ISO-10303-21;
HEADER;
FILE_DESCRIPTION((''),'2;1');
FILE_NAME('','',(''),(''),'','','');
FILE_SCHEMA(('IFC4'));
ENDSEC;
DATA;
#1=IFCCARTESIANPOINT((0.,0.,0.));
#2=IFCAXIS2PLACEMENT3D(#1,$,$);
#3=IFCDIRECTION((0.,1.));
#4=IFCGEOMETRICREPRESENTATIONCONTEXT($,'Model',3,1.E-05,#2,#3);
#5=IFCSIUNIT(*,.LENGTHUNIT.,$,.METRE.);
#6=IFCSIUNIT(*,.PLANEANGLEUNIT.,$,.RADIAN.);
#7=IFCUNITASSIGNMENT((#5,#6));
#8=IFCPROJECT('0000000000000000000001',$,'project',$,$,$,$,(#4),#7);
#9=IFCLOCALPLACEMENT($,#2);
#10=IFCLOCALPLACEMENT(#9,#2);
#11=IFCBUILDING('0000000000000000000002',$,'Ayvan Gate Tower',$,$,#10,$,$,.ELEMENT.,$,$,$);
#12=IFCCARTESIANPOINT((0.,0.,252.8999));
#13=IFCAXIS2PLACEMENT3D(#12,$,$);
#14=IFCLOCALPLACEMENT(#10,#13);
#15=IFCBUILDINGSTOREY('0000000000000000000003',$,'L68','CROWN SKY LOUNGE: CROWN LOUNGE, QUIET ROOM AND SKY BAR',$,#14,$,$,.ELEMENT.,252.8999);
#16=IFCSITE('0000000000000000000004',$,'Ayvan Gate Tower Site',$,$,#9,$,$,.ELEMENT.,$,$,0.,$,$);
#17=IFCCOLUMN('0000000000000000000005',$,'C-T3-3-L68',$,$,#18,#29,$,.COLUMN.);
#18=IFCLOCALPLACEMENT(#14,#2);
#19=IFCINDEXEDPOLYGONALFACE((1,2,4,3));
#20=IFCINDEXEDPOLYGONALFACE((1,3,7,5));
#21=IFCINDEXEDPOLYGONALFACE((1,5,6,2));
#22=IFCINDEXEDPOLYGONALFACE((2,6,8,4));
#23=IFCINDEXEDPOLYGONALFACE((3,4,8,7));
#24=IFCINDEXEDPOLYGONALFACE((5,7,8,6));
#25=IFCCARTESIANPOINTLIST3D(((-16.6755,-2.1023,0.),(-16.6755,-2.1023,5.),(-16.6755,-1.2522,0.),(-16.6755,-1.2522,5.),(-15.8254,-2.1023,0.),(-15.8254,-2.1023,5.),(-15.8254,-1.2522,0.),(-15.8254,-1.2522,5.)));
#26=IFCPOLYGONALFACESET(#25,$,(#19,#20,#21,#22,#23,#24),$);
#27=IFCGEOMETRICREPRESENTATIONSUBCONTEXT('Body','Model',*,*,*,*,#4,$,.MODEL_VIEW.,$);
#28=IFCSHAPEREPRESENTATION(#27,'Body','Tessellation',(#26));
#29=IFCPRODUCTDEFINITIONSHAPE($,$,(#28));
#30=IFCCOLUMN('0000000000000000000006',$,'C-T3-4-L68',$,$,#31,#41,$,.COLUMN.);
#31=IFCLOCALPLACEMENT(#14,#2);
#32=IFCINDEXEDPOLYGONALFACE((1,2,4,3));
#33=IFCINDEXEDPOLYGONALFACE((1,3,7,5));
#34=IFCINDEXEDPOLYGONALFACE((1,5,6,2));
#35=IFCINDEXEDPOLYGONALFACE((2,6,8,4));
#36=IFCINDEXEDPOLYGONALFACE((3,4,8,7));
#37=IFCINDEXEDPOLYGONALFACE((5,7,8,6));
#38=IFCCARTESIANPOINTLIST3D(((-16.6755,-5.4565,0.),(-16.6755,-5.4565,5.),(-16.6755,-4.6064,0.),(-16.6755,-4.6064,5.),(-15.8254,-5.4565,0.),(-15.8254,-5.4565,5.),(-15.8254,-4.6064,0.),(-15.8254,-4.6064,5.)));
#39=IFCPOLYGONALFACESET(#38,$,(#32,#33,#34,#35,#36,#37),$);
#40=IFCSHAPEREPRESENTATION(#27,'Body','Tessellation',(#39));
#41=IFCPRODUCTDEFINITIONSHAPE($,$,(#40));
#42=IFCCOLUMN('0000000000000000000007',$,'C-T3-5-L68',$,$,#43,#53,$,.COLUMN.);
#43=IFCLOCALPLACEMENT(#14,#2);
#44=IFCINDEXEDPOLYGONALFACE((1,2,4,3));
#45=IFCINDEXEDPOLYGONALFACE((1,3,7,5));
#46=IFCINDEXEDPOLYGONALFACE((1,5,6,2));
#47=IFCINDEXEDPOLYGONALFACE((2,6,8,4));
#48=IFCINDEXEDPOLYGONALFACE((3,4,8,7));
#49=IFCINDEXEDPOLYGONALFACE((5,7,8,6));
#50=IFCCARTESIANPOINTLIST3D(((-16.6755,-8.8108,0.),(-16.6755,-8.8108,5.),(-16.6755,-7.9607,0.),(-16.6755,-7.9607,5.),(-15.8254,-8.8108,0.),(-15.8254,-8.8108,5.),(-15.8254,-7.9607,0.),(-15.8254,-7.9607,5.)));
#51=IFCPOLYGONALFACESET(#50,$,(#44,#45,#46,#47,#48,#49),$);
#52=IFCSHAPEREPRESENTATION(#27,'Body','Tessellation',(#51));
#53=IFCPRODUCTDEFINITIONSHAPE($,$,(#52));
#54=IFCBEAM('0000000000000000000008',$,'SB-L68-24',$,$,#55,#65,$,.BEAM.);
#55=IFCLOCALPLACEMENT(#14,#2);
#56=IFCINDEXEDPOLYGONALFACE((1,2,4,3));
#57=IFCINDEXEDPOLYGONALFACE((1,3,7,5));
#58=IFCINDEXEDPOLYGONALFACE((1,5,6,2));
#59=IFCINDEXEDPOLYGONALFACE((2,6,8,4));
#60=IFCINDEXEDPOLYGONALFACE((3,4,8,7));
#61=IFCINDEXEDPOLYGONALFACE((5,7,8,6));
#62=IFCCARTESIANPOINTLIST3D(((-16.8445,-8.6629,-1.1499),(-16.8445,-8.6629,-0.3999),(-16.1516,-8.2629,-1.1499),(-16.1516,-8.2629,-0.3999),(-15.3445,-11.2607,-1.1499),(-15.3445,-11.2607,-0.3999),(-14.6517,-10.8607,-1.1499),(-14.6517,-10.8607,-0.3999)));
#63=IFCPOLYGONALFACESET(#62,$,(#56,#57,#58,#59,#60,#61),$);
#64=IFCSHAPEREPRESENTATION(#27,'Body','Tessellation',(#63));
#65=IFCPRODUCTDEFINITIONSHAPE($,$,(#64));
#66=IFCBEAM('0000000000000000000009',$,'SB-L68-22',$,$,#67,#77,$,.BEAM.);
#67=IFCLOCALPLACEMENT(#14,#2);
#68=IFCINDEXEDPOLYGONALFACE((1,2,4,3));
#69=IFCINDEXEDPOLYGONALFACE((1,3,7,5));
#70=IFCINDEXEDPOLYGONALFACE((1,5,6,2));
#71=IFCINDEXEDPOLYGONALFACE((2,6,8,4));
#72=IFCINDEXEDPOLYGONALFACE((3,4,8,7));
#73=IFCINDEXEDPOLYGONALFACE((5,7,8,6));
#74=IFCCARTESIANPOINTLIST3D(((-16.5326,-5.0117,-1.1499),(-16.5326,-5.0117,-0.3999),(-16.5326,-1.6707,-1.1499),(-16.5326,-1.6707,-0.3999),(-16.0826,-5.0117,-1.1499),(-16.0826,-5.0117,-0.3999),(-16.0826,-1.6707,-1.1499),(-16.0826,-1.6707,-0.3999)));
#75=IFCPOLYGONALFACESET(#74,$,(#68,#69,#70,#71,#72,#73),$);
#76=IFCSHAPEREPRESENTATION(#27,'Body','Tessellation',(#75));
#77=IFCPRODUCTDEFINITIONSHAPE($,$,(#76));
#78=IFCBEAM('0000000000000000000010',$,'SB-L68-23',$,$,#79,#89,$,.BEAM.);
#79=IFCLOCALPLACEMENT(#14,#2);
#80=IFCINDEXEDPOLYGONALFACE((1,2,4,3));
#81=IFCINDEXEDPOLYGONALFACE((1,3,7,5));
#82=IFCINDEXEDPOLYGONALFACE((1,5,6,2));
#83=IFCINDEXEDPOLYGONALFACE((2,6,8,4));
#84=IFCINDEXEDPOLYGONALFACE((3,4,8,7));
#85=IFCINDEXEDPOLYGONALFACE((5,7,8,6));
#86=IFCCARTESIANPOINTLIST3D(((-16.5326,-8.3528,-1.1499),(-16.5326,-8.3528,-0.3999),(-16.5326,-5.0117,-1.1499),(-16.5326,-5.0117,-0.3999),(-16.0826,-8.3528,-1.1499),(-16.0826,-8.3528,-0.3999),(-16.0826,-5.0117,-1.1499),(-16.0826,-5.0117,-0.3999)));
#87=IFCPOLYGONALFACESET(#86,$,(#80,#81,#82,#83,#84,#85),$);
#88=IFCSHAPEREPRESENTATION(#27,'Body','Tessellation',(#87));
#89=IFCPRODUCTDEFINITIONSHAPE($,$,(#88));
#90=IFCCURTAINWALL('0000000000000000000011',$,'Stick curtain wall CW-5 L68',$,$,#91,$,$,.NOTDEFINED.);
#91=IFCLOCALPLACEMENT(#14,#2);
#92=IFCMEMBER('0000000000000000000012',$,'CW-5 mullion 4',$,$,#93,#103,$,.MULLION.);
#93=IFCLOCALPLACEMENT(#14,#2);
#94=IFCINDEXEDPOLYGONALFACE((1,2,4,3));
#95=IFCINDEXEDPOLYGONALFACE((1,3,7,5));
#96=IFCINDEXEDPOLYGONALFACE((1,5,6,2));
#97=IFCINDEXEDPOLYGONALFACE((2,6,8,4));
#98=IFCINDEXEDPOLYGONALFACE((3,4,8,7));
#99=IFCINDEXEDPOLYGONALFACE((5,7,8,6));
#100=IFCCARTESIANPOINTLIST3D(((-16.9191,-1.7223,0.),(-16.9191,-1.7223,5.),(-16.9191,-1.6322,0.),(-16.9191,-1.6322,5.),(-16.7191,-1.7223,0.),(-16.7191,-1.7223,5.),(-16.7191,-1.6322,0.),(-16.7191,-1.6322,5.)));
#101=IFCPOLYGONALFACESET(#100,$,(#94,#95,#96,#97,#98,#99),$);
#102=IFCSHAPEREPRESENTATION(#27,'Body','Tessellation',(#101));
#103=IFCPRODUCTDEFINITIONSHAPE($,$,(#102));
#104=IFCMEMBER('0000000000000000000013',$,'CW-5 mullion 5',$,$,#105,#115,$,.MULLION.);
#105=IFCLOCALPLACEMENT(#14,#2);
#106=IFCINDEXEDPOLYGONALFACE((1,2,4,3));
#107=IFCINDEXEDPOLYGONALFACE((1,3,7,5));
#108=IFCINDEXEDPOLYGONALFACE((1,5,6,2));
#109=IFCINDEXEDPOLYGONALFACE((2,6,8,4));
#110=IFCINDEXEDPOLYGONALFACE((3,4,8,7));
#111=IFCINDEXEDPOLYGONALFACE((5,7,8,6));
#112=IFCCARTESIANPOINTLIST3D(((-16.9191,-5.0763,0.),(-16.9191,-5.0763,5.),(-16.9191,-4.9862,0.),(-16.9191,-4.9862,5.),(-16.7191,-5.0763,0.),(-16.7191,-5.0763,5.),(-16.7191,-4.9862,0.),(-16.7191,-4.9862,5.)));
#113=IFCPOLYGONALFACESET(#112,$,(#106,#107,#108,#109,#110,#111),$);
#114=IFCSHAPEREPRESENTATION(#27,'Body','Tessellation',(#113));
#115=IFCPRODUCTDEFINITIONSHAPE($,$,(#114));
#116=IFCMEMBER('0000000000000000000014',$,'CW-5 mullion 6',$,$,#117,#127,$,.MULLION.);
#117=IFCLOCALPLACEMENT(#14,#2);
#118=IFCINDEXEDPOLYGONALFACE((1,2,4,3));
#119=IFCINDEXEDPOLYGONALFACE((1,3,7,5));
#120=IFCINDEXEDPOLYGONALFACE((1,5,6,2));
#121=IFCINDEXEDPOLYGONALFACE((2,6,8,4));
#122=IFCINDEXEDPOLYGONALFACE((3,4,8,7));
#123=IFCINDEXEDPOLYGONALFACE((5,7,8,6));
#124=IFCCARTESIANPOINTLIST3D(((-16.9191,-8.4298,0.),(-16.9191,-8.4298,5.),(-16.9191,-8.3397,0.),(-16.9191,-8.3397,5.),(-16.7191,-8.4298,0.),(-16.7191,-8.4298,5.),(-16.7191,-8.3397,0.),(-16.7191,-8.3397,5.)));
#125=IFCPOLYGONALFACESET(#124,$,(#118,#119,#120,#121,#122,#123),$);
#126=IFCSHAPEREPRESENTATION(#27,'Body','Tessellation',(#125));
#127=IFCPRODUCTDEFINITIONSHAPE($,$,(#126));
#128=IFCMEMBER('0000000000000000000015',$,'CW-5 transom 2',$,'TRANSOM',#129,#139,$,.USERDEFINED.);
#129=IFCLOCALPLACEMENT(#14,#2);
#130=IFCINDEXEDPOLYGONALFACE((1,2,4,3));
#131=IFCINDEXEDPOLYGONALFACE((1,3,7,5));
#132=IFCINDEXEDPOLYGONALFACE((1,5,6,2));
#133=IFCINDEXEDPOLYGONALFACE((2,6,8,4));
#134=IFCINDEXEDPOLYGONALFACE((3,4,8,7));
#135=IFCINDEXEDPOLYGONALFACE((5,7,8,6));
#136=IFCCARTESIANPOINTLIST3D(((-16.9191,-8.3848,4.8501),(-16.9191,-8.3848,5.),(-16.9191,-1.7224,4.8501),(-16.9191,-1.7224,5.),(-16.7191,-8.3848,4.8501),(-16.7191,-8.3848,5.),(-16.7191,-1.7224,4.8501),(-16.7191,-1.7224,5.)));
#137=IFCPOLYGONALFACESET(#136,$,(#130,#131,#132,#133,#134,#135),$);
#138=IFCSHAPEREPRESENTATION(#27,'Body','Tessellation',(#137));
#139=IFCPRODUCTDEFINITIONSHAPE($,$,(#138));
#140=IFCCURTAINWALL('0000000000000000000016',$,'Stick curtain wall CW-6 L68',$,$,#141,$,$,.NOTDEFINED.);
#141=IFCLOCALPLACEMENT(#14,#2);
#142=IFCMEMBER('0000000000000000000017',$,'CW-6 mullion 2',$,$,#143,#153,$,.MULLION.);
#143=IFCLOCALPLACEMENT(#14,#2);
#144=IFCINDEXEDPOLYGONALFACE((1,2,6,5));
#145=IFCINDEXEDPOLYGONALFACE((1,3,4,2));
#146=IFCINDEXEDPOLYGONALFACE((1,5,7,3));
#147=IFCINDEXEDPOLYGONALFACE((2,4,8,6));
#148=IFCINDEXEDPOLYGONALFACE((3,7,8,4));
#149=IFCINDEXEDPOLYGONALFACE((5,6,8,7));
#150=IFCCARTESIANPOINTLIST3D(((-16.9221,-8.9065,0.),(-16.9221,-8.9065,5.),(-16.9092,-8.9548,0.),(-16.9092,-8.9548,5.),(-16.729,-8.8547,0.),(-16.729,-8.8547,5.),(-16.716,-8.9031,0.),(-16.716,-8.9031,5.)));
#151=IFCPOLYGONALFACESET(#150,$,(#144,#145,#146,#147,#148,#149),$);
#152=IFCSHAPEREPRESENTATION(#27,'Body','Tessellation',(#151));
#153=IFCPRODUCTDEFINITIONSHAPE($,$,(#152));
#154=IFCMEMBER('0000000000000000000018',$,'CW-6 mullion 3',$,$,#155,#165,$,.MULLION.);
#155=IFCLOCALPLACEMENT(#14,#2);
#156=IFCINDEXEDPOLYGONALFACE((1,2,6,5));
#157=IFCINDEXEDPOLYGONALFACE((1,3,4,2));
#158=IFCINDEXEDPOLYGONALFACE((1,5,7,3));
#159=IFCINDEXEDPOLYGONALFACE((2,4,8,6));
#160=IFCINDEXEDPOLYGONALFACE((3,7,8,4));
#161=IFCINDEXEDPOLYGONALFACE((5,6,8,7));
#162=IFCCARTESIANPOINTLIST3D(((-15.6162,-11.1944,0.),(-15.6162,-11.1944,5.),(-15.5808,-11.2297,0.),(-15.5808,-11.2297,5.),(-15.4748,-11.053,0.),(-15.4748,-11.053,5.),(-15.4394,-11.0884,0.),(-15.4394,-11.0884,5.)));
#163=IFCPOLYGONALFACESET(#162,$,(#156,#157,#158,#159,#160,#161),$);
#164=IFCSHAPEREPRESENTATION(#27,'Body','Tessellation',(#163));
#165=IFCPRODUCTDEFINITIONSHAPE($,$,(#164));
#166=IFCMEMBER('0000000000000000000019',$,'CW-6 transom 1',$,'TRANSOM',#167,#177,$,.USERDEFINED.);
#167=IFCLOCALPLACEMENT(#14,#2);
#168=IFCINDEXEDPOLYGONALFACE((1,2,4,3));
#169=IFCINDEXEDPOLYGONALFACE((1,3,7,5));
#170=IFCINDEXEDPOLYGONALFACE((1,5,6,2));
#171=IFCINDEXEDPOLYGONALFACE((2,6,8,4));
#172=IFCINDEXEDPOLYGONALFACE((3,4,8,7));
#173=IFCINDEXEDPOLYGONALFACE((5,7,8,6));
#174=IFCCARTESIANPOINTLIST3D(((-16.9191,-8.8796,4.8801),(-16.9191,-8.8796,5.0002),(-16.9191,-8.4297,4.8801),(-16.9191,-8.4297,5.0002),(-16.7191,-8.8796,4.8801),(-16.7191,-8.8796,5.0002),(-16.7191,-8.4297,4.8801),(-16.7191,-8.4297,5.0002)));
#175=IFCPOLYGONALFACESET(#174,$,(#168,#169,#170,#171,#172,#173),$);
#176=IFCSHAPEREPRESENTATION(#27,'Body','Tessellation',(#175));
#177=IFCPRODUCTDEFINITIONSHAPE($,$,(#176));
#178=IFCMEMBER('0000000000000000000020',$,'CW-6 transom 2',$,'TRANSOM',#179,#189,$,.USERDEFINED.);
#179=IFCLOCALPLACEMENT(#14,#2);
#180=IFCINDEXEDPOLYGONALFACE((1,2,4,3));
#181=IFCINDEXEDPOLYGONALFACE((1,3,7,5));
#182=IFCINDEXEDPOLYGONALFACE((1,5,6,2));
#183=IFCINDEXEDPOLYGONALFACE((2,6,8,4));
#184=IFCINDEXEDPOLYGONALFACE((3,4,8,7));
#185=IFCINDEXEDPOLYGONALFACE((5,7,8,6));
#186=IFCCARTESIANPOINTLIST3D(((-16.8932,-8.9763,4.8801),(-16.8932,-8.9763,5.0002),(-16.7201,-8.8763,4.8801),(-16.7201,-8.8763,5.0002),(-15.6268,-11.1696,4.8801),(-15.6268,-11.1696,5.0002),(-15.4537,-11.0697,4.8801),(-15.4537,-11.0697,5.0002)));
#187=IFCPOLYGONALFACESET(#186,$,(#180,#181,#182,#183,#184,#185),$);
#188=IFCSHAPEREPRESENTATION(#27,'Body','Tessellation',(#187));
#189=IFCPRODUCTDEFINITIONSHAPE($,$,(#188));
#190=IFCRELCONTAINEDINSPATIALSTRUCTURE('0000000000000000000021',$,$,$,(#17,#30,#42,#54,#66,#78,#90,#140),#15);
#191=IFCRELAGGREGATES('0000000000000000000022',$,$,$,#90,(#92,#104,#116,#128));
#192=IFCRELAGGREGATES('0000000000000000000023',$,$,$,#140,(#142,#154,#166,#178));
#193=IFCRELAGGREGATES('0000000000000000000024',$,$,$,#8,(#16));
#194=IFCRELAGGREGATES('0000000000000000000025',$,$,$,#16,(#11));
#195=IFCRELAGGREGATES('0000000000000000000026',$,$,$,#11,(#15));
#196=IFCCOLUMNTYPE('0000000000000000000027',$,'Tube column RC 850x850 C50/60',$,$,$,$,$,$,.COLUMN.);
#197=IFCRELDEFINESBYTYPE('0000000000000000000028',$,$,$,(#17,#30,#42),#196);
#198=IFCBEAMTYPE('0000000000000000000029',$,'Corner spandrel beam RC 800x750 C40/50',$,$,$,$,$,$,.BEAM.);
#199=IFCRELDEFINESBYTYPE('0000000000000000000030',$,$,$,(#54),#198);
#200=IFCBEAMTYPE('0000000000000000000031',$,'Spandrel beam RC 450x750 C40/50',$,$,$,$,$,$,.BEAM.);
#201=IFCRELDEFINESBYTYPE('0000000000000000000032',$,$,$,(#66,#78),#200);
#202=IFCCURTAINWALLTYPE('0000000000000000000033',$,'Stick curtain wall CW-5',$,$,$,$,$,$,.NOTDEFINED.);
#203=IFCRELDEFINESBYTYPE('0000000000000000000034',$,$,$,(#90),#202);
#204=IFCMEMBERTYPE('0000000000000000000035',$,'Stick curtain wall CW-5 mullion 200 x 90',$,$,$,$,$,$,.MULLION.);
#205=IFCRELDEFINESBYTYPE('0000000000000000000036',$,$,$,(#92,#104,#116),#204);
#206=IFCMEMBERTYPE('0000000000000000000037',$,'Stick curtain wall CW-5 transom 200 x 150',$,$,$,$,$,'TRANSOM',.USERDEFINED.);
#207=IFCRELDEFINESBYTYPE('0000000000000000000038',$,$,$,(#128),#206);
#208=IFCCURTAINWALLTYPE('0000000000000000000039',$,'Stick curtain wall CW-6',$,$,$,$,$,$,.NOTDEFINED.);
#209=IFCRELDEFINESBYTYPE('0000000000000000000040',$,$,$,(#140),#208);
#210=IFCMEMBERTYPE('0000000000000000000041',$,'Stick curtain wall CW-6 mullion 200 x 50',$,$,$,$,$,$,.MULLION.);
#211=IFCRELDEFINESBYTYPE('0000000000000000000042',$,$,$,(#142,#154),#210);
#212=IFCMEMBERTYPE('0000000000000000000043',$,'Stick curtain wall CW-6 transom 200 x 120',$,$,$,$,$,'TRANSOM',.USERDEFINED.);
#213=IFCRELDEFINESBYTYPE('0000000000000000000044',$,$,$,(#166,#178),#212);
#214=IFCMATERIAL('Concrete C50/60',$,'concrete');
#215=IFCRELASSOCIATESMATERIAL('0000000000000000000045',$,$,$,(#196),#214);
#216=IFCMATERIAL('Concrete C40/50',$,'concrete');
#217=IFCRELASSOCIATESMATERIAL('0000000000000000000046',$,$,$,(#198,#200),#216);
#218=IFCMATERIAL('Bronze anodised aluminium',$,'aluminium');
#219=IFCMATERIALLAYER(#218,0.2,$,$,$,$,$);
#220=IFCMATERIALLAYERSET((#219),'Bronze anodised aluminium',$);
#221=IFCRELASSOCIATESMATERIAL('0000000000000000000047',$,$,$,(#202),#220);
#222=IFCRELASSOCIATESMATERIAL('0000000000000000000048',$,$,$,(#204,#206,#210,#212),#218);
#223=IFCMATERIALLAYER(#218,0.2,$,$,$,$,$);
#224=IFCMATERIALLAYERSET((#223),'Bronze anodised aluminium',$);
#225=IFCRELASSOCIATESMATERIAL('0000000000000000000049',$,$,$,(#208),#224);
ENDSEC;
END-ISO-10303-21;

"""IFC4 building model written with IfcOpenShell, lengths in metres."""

from ifc_helpers import new_model, si_unit, direction, frame, origin, origin_2d, place, context, subcontext, project, spatial, rectangle, extrude, material, layer, layer_set, material_profile, profile_set, type_object, element, aggregate, save


model = new_model("IFC4")

# Units and contexts
model_context = context("Model", 3, precision=1e-05, world=origin(), true_north=direction((0.0, 1.0)))
body_context = subcontext(model_context, "Body", "Model", "MODEL_VIEW")
ifc_project = project(units=[si_unit("LENGTHUNIT", "METRE"), si_unit("PLANEANGLEUNIT", "RADIAN")], contexts=[model_context])

# Site, building, storey
site_placement = place(None, origin())
site = spatial("IfcSite", under=ifc_project, at=site_placement, Name="Ayvan Gate Tower Site", CompositionType="ELEMENT", RefElevation=0.0)
building_placement = place(site_placement, origin())
building = spatial("IfcBuilding", under=site, at=building_placement, Name="Ayvan Gate Tower", CompositionType="ELEMENT")
storey_placement = place(building_placement, frame((0.0, 0.0, 252.8999)))
storey = spatial("IfcBuildingStorey", under=building, at=storey_placement, Name="L68", Description="CROWN SKY LOUNGE: CROWN LOUNGE, QUIET ROOM AND SKY BAR", CompositionType="ELEMENT", Elevation=252.8999)

# Columns
ifc_material_1 = material(Name="Concrete C50/60", Category="concrete")
ifc_material_profile_1 = material_profile(ifc_material_1, rectangle(XDim=0.8501, YDim=0.8501, at=origin_2d()), Name="RC 850x850")
ifc_profile_set_1 = profile_set([ifc_material_profile_1], Name="Concrete C50/60")
column_type = type_object("IfcColumnType", Name="Tube column RC 850x850 C50/60", PredefinedType="COLUMN", material=ifc_profile_set_1)
for number, where, z_axis, x_axis, name in (
    (1, (-16.2505, -1.6772, 0.0), (0.0, 0.0, 1.0), (-1.0, 0.0, 0.0), "C-T3-3-L68"),
    (2, (-16.2505, -5.0315, 0.0), (0.0, 0.0, 1.0), (-1.0, 0.0, 0.0), "C-T3-4-L68"),
    (3, (-16.2505, -8.3857, 0.0), (0.0, 0.0, 1.0), (-1.0, 0.0, 0.0), "C-T3-5-L68"),
):
    element("IfcColumn", number, at=place(storey_placement, frame(where, z_axis=z_axis, x_axis=x_axis)), inside=storey, type_object=column_type, Name=name, PredefinedType="COLUMN", context=body_context, shape_type="SweptSolid", body=[
        extrude(rectangle(XDim=0.8501, YDim=0.8501, at=origin_2d()), origin(), (0.0, 0.0, 1.0), 5.0),
    ])

# Beams
ifc_material_2 = material(Name="Concrete C40/50", Category="concrete")
ifc_material_profile_2 = material_profile(ifc_material_2, rectangle(XDim=0.8, YDim=0.75, at=origin_2d()), Name="RC 800x750")
ifc_profile_set_2 = profile_set([ifc_material_profile_2], Name="Concrete C40/50")
beam_type_1 = type_object("IfcBeamType", Name="Corner spandrel beam RC 800x750 C40/50", PredefinedType="BEAM", material=ifc_profile_set_2)
beam_placement = place(storey_placement, frame((-16.498, -8.4629, -0.7749), z_axis=(0.500025, -0.866011, 0.0), x_axis=(0.866011, 0.500025, 0.0)))
element("IfcBeam", 4, at=beam_placement, inside=storey, type_object=beam_type_1, Name="SB-L68-24", PredefinedType="BEAM", context=body_context, shape_type="SweptSolid", body=[
    extrude(rectangle(XDim=0.8, YDim=0.75, at=origin_2d()), origin(), (0.0, 0.0, 1.0), 2.9998),
])
ifc_material_profile_3 = material_profile(ifc_material_2, rectangle(XDim=0.45, YDim=0.75, at=origin_2d()), Name="RC 450x750")
ifc_profile_set_3 = profile_set([ifc_material_profile_3], Name="Concrete C40/50")
beam_type_2 = type_object("IfcBeamType", Name="Spandrel beam RC 450x750 C40/50", PredefinedType="BEAM", material=ifc_profile_set_3)
for number, where, z_axis, x_axis, name in (
    (5, (-16.3076, -1.6707, -0.7749), (0.0, -1.0, 0.0), (1.0, 0.0, 0.0), "SB-L68-22"),
    (6, (-16.3076, -5.0117, -0.7749), (0.0, -1.0, 0.0), (1.0, 0.0, 0.0), "SB-L68-23"),
):
    element("IfcBeam", number, at=place(storey_placement, frame(where, z_axis=z_axis, x_axis=x_axis)), inside=storey, type_object=beam_type_2, Name=name, PredefinedType="BEAM", context=body_context, shape_type="SweptSolid", body=[
        extrude(rectangle(XDim=0.45, YDim=0.75, at=origin_2d()), origin(), (0.0, 0.0, 1.0), 3.3411),
    ])

# Curtain walls, members
ifc_material_3 = material(Name="Bronze anodised aluminium", Category="aluminium")
ifc_layer_1 = layer(ifc_material_3, 0.2)
ifc_layer_set_1 = layer_set([ifc_layer_1], Name="Bronze anodised aluminium")
curtain_wall_type_1 = type_object("IfcCurtainWallType", Name="Stick curtain wall CW-5", PredefinedType="NOTDEFINED", material=ifc_layer_set_1)
curtain_wall_1_placement = place(storey_placement, origin())
curtain_wall_1 = element("IfcCurtainWall", 7, at=curtain_wall_1_placement, inside=storey, type_object=curtain_wall_type_1, Name="Stick curtain wall CW-5 L68", PredefinedType="NOTDEFINED")
ifc_material_profile_4 = material_profile(ifc_material_3, rectangle(XDim=0.2, YDim=0.0901, at=origin_2d()), Name="Stick curtain wall CW-5 mullion 200 x 90")
ifc_profile_set_4 = profile_set([ifc_material_profile_4], Name="Bronze anodised aluminium")
member_type_1 = type_object("IfcMemberType", Name="Stick curtain wall CW-5 mullion 200 x 90", PredefinedType="MULLION", material=ifc_profile_set_4)
member_1_placement = place(storey_placement, frame((-16.8191, -1.6772, 0.0), z_axis=(0.0, 0.0, 1.0), x_axis=(-1.0, 0.0, 0.0)))
member_1 = element("IfcMember", 8, at=member_1_placement, type_object=member_type_1, Name="CW-5 mullion 4", PredefinedType="MULLION", context=body_context, shape_type="SweptSolid", body=[
    extrude(rectangle(XDim=0.2, YDim=0.0901, at=origin_2d()), origin(), (0.0, 0.0, 1.0), 5.0),
])
member_2_placement = place(storey_placement, frame((-16.8191, -5.0312, 0.0), z_axis=(0.0, 0.0, 1.0), x_axis=(-1.0, 0.0, 0.0)))
member_2 = element("IfcMember", 9, at=member_2_placement, type_object=member_type_1, Name="CW-5 mullion 5", PredefinedType="MULLION", context=body_context, shape_type="SweptSolid", body=[
    extrude(rectangle(XDim=0.2, YDim=0.0901, at=origin_2d()), origin(), (0.0, 0.0, 1.0), 5.0),
])
member_3_placement = place(storey_placement, frame((-16.8191, -8.3848, 0.0), z_axis=(0.0, 0.0, 1.0), x_axis=(-1.0, 0.0, 0.0)))
member_3 = element("IfcMember", 10, at=member_3_placement, type_object=member_type_1, Name="CW-5 mullion 6", PredefinedType="MULLION", context=body_context, shape_type="SweptSolid", body=[
    extrude(rectangle(XDim=0.2, YDim=0.0901, at=origin_2d()), origin(), (0.0, 0.0, 1.0), 5.0),
])
ifc_material_profile_5 = material_profile(ifc_material_3, rectangle(XDim=0.2, YDim=0.1499, at=origin_2d()), Name="Stick curtain wall CW-5 transom 200 x 150")
ifc_profile_set_5 = profile_set([ifc_material_profile_5], Name="Bronze anodised aluminium")
member_type_2 = type_object("IfcMemberType", Name="Stick curtain wall CW-5 transom 200 x 150", ElementType="TRANSOM", PredefinedType="USERDEFINED", material=ifc_profile_set_5)
member_4_placement = place(storey_placement, frame((-16.8191, -1.7224, 4.925), z_axis=(0.0, -1.0, 0.0), x_axis=(1.0, 0.0, 0.0)))
member_4 = element("IfcMember", 11, at=member_4_placement, type_object=member_type_2, Name="CW-5 transom 2", ObjectType="TRANSOM", PredefinedType="USERDEFINED", context=body_context, shape_type="SweptSolid", body=[
    extrude(rectangle(XDim=0.2, YDim=0.1499, at=origin_2d()), origin(), (0.0, 0.0, 1.0), 6.6624),
])
ifc_layer_2 = layer(ifc_material_3, 0.2)
ifc_layer_set_2 = layer_set([ifc_layer_2], Name="Bronze anodised aluminium")
curtain_wall_type_2 = type_object("IfcCurtainWallType", Name="Stick curtain wall CW-6", PredefinedType="NOTDEFINED", material=ifc_layer_set_2)
curtain_wall_2_placement = place(storey_placement, origin())
curtain_wall_2 = element("IfcCurtainWall", 12, at=curtain_wall_2_placement, inside=storey, type_object=curtain_wall_type_2, Name="Stick curtain wall CW-6 L68", PredefinedType="NOTDEFINED")
ifc_material_profile_6 = material_profile(ifc_material_3, rectangle(XDim=0.2, YDim=0.05, at=origin_2d()), Name="Stick curtain wall CW-6 mullion 200 x 50")
ifc_profile_set_6 = profile_set([ifc_material_profile_6], Name="Bronze anodised aluminium")
member_type_3 = type_object("IfcMemberType", Name="Stick curtain wall CW-6 mullion 200 x 50", PredefinedType="MULLION", material=ifc_profile_set_6)
member_5_placement = place(storey_placement, frame((-16.8191, -8.9048, 0.0), z_axis=(0.0, 0.0, 1.0), x_axis=(-0.965926, -0.258819, 0.0)))
member_5 = element("IfcMember", 13, at=member_5_placement, type_object=member_type_3, Name="CW-6 mullion 2", PredefinedType="MULLION", context=body_context, shape_type="SweptSolid", body=[
    extrude(rectangle(XDim=0.2, YDim=0.05, at=origin_2d()), origin(), (0.0, 0.0, 1.0), 5.0),
])
member_6_placement = place(storey_placement, frame((-15.5278, -11.1414, 0.0), z_axis=(0.0, 0.0, 1.0), x_axis=(-0.707107, -0.707107, 0.0)))
member_6 = element("IfcMember", 14, at=member_6_placement, type_object=member_type_3, Name="CW-6 mullion 3", PredefinedType="MULLION", context=body_context, shape_type="SweptSolid", body=[
    extrude(rectangle(XDim=0.2, YDim=0.05, at=origin_2d()), origin(), (0.0, 0.0, 1.0), 5.0),
])
ifc_material_profile_7 = material_profile(ifc_material_3, rectangle(XDim=0.2, YDim=0.1201, at=origin_2d()), Name="Stick curtain wall CW-6 transom 200 x 120")
ifc_profile_set_7 = profile_set([ifc_material_profile_7], Name="Bronze anodised aluminium")
member_type_4 = type_object("IfcMemberType", Name="Stick curtain wall CW-6 transom 200 x 120", ElementType="TRANSOM", PredefinedType="USERDEFINED", material=ifc_profile_set_7)
member_7_placement = place(storey_placement, frame((-16.8191, -8.4297, 4.9402), z_axis=(0.0, -1.0, 0.0), x_axis=(1.0, 0.0, 0.0)))
member_7 = element("IfcMember", 15, at=member_7_placement, type_object=member_type_4, Name="CW-6 transom 1", ObjectType="TRANSOM", PredefinedType="USERDEFINED", context=body_context, shape_type="SweptSolid", body=[
    extrude(rectangle(XDim=0.2, YDim=0.1201, at=origin_2d()), origin(), (0.0, 0.0, 1.0), 0.45),
])
member_8_placement = place(storey_placement, frame((-16.8066, -8.9263, 4.9402), z_axis=(0.500006, -0.866022, 0.0), x_axis=(0.866022, 0.500006, 0.0)))
member_8 = element("IfcMember", 16, at=member_8_placement, type_object=member_type_4, Name="CW-6 transom 2", ObjectType="TRANSOM", PredefinedType="USERDEFINED", context=body_context, shape_type="SweptSolid", body=[
    extrude(rectangle(XDim=0.2, YDim=0.1201, at=origin_2d()), origin(), (0.0, 0.0, 1.0), 2.5327),
])

aggregate(curtain_wall_1, [member_1, member_2, member_3, member_4])
aggregate(curtain_wall_2, [member_5, member_6, member_7, member_8])

save(model, "model.ifc")
